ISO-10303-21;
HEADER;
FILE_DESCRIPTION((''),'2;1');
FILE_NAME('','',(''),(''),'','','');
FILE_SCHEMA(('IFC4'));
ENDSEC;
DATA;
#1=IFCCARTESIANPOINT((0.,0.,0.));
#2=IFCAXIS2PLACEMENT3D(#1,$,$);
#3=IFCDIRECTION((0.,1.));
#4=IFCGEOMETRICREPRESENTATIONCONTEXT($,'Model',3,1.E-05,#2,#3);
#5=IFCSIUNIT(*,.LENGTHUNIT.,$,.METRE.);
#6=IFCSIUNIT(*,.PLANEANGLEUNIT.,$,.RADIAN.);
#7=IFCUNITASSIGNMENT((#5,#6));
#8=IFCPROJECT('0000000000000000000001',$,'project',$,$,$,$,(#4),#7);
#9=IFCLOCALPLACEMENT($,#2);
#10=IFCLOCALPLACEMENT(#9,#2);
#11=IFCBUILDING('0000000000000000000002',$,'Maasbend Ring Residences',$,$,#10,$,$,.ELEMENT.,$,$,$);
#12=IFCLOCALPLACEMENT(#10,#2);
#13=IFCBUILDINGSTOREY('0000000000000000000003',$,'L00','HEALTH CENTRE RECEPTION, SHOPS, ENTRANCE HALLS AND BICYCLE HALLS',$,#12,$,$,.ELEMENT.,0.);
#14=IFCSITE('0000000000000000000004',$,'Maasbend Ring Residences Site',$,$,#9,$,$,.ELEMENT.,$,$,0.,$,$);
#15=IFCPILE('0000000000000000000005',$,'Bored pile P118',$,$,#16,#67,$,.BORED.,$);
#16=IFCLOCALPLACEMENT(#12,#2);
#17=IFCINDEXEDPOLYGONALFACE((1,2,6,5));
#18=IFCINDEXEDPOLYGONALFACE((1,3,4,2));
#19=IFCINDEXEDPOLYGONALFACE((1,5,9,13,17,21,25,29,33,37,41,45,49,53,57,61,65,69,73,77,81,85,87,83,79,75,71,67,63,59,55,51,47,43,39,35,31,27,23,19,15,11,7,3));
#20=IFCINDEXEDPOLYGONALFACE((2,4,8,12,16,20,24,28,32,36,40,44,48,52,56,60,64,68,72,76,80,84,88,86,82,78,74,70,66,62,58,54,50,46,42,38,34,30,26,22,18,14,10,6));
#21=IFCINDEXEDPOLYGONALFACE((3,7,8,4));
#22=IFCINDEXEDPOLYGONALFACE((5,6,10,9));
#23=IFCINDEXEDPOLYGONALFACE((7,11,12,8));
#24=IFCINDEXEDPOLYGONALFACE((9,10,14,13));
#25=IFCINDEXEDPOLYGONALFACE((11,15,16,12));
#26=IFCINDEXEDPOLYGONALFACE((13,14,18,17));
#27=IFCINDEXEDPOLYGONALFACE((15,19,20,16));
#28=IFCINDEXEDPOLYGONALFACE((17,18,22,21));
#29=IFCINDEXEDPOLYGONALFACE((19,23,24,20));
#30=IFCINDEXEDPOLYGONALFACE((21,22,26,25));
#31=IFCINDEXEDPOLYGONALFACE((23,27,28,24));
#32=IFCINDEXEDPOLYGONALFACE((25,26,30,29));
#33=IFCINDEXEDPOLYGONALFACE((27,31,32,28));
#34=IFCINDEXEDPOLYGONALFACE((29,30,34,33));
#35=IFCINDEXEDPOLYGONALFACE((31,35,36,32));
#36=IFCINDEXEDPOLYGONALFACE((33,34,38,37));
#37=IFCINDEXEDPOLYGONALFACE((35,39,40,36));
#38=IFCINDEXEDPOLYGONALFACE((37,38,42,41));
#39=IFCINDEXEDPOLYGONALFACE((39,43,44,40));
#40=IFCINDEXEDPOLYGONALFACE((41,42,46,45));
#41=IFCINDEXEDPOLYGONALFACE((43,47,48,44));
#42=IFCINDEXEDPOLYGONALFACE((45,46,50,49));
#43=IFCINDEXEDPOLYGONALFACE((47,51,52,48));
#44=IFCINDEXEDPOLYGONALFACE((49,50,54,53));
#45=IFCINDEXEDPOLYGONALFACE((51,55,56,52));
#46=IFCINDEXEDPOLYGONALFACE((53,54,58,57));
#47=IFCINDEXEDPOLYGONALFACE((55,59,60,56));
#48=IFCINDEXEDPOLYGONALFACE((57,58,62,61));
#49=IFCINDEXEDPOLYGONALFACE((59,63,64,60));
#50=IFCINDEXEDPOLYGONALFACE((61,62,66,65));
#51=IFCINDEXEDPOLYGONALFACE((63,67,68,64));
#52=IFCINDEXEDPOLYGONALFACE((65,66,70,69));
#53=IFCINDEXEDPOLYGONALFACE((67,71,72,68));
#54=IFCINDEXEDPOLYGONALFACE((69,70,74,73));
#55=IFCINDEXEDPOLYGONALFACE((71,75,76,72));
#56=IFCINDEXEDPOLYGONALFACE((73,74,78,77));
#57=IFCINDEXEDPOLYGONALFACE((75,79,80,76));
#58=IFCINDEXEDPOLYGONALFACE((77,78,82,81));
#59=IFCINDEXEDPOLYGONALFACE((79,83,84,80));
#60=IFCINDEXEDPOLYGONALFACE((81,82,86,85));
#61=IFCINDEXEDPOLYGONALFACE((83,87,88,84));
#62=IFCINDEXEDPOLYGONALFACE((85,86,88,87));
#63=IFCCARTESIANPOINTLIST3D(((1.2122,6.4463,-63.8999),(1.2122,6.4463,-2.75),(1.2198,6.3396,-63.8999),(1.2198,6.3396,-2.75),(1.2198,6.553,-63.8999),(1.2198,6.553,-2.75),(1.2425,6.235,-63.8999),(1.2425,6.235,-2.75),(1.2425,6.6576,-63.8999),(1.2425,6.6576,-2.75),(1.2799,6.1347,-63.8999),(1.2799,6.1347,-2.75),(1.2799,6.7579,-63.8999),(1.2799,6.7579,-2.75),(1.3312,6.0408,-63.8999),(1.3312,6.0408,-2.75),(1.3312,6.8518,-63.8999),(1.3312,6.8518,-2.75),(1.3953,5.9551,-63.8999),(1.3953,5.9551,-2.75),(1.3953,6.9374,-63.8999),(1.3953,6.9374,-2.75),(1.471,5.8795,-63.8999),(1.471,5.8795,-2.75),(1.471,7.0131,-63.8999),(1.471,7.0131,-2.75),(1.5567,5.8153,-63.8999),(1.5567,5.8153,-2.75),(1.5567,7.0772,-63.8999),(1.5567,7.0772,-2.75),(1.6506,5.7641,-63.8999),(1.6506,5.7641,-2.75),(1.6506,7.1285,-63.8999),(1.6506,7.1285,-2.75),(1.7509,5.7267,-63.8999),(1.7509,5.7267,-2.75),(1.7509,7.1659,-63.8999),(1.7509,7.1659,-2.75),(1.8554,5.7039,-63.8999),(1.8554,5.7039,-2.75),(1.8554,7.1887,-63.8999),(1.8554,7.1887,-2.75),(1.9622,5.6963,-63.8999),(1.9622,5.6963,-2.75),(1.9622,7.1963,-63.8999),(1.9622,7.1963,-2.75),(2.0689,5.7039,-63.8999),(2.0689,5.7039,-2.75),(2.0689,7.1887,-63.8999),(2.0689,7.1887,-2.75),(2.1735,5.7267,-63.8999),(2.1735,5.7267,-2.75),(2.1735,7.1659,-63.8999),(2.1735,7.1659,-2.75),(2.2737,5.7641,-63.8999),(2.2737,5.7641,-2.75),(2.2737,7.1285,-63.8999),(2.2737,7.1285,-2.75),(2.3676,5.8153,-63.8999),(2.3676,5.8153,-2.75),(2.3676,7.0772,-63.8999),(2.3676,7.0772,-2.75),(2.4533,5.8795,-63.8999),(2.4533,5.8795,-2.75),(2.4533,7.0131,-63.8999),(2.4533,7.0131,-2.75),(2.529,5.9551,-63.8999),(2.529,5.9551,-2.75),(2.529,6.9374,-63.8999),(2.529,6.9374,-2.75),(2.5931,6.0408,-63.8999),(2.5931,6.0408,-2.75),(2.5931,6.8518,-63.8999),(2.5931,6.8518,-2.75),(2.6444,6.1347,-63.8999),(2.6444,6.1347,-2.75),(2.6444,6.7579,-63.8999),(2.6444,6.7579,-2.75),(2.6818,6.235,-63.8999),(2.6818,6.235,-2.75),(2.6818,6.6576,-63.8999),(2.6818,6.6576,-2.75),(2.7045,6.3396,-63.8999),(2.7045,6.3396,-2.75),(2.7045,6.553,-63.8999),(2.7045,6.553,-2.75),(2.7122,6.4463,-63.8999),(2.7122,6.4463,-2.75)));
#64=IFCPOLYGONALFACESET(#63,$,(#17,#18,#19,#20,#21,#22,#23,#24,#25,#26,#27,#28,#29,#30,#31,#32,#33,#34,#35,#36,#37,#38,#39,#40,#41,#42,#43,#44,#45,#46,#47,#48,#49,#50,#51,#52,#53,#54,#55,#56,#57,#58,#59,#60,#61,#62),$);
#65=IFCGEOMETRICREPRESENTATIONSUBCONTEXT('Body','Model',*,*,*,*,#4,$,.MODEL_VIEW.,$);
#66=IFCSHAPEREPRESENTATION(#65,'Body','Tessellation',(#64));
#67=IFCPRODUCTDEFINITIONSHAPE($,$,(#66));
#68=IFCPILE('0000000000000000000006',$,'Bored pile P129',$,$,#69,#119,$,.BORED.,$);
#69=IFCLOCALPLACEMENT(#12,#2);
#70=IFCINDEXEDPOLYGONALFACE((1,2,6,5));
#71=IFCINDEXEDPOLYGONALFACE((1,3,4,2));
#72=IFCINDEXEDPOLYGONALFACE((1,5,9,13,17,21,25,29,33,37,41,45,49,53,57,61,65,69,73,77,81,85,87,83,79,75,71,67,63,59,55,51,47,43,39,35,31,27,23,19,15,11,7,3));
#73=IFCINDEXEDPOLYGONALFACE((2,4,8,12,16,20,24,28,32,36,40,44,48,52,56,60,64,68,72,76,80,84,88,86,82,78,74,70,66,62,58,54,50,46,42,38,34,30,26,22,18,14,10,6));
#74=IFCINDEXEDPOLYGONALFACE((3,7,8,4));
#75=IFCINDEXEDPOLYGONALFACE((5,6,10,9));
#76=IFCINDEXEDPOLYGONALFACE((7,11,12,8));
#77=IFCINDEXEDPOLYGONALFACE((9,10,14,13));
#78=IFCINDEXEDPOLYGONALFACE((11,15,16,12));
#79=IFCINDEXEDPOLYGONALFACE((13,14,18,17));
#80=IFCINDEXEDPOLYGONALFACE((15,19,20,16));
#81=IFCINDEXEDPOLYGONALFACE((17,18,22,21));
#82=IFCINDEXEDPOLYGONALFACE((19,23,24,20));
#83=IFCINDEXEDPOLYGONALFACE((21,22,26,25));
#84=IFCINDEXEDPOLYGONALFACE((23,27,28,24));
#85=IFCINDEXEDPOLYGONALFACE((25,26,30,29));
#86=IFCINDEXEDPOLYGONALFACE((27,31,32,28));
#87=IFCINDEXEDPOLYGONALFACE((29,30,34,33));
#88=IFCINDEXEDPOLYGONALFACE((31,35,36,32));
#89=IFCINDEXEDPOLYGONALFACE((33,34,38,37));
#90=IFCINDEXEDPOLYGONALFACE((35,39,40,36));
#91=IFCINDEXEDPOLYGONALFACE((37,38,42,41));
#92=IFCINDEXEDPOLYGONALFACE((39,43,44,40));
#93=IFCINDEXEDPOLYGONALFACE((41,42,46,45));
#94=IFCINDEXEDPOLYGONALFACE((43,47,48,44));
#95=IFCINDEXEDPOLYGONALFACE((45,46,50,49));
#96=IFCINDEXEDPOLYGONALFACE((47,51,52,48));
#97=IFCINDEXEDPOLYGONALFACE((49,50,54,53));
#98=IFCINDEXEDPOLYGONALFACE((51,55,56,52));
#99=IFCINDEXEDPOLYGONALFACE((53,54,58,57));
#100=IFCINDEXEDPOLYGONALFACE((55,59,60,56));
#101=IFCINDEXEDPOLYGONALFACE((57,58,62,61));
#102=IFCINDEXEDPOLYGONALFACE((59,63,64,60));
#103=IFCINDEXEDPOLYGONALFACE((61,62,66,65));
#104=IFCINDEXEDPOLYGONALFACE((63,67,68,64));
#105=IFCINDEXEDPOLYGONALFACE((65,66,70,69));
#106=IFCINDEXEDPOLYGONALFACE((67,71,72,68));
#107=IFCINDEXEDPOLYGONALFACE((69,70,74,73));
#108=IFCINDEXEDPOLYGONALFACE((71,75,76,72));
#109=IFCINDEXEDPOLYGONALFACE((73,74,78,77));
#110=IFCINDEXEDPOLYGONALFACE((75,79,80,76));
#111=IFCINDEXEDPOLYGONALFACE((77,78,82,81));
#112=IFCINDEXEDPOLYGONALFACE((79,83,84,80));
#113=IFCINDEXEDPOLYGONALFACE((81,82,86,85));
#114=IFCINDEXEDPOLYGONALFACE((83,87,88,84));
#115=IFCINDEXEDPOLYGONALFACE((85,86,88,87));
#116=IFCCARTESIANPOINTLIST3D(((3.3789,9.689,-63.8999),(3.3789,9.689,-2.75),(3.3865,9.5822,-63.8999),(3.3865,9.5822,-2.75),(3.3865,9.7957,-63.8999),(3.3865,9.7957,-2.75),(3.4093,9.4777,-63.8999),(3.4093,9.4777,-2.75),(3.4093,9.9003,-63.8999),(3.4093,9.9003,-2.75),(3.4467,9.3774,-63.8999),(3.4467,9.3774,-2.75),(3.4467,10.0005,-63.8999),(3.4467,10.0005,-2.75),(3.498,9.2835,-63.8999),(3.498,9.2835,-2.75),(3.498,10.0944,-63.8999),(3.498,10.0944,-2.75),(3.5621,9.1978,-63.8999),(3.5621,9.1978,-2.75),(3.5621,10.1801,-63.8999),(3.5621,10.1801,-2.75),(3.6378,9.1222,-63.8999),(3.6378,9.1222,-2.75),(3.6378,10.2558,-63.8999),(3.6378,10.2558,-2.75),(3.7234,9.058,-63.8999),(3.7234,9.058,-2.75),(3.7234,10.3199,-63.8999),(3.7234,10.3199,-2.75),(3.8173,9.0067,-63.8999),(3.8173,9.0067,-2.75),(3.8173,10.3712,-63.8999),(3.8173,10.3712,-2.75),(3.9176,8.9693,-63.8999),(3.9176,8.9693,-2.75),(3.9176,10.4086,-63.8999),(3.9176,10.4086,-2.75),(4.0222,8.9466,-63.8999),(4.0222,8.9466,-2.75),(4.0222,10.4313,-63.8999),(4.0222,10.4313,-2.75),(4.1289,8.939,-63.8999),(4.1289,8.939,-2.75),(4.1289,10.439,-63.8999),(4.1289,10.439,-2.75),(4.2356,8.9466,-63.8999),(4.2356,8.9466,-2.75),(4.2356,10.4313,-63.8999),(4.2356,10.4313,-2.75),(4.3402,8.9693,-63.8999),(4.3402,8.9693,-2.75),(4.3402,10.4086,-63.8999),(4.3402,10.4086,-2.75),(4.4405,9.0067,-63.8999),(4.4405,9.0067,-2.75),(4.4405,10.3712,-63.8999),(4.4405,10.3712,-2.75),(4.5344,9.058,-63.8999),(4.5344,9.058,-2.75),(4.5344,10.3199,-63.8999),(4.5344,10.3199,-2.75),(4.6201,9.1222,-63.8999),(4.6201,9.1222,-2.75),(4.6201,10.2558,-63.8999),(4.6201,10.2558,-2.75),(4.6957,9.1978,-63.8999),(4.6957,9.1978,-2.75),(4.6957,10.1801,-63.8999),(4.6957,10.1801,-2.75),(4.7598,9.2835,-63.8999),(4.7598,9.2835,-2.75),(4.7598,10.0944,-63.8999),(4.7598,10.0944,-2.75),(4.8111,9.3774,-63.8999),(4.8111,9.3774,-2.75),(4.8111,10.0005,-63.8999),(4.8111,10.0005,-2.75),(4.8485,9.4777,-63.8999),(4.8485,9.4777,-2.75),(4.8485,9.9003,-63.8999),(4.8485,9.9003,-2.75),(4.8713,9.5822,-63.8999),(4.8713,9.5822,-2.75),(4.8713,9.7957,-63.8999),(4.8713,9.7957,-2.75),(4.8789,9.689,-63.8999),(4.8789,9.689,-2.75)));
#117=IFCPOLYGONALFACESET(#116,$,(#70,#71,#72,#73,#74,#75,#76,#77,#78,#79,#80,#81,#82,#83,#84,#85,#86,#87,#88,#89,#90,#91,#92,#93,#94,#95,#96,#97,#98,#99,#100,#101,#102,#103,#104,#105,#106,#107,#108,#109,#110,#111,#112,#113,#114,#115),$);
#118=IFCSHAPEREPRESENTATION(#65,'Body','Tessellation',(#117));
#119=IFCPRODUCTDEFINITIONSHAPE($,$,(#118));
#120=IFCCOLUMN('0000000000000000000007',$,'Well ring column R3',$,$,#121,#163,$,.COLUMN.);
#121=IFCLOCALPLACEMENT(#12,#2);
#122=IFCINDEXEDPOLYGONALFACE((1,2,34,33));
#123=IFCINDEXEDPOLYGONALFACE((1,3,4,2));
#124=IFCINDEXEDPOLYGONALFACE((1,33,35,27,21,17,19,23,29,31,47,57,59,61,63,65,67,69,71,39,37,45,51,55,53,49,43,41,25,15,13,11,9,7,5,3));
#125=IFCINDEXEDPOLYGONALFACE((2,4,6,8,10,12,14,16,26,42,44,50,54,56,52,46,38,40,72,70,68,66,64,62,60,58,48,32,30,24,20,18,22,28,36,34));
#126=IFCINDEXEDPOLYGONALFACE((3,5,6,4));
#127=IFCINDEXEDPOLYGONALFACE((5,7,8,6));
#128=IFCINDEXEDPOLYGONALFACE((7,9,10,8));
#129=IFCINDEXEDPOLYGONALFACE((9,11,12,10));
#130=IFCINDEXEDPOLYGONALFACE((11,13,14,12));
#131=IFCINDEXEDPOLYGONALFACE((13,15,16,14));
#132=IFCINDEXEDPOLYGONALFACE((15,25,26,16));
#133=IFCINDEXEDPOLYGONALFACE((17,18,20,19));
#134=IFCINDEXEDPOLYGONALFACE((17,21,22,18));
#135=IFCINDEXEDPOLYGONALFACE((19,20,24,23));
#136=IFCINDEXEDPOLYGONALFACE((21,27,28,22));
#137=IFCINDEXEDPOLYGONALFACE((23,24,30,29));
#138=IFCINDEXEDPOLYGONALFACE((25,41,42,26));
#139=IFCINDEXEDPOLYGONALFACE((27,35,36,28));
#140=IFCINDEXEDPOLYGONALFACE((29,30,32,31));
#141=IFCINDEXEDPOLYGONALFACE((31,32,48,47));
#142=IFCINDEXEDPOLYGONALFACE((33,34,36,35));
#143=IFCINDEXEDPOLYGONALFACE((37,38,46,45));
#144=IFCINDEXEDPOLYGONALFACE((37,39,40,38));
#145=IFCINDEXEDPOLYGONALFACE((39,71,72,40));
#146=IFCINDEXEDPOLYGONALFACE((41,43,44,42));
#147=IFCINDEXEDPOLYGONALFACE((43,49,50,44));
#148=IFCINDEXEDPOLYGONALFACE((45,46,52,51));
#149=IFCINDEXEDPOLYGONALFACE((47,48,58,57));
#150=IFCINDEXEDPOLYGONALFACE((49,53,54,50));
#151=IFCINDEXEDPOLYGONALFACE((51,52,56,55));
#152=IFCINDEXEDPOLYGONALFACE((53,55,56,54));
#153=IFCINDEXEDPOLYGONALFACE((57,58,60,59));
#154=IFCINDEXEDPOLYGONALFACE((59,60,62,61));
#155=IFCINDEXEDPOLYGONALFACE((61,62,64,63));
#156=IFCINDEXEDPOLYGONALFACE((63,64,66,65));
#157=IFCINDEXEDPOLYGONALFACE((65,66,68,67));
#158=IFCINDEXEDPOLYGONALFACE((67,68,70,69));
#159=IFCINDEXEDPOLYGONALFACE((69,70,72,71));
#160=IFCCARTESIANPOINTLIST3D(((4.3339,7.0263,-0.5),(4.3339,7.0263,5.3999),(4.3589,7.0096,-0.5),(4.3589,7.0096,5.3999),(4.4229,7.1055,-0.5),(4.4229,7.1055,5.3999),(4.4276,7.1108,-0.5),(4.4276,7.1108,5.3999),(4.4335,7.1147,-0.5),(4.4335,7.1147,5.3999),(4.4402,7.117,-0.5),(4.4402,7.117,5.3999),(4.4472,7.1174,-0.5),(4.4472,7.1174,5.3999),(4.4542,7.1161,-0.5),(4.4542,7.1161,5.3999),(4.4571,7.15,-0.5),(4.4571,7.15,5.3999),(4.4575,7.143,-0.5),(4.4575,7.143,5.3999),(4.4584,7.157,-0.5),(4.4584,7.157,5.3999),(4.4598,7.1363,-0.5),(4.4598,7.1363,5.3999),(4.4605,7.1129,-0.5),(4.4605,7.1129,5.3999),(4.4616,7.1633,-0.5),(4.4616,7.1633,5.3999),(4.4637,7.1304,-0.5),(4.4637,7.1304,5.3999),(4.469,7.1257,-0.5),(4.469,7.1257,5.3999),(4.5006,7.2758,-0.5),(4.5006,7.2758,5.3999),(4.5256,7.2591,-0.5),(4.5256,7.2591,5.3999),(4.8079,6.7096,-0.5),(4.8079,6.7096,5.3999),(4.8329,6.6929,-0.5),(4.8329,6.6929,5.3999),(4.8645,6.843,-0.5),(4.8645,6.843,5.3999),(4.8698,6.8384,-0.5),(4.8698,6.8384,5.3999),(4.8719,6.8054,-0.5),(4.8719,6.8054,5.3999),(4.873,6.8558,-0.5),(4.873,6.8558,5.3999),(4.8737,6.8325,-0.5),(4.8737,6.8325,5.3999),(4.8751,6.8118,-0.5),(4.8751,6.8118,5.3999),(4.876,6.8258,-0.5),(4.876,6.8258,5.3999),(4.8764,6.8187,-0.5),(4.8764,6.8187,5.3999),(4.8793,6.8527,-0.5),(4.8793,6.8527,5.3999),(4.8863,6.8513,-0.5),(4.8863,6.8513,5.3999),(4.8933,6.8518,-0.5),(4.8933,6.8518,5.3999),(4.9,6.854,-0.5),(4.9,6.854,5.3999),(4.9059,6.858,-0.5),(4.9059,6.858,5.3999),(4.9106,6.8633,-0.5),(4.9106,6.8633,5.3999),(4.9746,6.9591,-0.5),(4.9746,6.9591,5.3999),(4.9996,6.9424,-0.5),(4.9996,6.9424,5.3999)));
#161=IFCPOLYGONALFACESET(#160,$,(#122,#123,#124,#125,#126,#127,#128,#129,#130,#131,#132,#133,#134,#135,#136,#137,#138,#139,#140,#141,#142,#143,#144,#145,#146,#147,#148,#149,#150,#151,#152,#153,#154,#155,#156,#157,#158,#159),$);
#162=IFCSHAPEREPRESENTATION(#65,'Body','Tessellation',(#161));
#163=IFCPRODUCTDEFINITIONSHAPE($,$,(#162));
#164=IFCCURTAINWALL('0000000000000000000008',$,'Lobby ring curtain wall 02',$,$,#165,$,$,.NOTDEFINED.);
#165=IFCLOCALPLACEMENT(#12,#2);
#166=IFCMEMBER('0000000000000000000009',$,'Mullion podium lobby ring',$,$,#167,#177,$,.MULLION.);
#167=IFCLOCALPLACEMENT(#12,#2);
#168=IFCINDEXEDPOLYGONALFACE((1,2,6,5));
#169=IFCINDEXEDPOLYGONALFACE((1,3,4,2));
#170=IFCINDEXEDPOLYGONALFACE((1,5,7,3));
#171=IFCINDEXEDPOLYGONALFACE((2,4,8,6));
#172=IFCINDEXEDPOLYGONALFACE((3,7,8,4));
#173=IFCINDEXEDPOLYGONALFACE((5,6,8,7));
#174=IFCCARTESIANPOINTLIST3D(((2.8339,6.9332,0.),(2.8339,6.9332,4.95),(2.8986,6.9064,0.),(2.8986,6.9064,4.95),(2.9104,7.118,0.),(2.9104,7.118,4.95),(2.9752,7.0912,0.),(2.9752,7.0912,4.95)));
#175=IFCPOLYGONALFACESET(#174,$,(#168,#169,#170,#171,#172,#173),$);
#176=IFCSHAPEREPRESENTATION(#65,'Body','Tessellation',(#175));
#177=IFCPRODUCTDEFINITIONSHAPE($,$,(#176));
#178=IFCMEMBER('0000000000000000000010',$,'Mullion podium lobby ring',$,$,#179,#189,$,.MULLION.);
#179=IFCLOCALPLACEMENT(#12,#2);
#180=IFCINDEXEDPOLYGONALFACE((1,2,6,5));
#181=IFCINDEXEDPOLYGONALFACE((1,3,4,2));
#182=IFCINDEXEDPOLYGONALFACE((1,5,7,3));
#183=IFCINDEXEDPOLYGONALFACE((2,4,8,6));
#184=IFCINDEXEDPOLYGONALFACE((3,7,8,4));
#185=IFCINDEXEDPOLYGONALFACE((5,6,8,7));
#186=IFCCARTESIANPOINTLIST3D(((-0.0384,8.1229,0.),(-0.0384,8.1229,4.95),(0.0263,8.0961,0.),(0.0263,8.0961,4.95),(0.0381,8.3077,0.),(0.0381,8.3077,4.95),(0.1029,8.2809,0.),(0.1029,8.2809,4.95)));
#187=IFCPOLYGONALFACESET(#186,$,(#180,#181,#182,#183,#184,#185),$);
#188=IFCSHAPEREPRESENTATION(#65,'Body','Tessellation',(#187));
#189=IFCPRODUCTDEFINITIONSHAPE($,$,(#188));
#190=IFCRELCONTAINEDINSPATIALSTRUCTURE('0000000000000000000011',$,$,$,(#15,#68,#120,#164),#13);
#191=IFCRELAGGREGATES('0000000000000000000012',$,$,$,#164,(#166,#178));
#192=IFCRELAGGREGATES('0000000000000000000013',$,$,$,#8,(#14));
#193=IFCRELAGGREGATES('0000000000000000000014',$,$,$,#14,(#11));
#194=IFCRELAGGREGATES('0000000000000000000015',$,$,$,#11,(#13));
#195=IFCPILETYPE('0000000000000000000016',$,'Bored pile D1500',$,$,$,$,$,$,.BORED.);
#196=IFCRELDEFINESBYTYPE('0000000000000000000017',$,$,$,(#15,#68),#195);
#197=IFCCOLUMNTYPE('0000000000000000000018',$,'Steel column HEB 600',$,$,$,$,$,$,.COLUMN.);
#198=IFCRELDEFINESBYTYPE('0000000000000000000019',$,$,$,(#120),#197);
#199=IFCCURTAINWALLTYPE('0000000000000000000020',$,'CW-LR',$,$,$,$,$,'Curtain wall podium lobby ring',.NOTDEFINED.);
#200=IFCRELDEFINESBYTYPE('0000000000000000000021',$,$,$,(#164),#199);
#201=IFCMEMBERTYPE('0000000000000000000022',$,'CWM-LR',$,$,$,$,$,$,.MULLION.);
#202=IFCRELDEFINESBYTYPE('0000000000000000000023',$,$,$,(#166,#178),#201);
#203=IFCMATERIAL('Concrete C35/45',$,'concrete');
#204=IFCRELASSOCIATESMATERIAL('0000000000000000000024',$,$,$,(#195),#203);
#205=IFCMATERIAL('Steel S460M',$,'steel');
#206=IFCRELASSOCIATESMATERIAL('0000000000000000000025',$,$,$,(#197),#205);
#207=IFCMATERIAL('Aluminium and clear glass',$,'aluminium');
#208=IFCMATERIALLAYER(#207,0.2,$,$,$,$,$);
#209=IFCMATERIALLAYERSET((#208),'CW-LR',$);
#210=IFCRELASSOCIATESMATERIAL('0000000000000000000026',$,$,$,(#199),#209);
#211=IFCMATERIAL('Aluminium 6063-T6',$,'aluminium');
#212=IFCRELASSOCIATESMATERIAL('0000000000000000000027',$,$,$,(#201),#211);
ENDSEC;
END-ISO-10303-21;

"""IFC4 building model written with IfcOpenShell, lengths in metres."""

from ifc_helpers import new_model, si_unit, direction, frame, origin, origin_2d, place, context, subcontext, project, spatial, rectangle, circle, i_section, extrude, material, layer, layer_set, material_profile, profile_set, type_object, element, aggregate, save


model = new_model("IFC4")

# Units and contexts
model_context = context("Model", 3, precision=1e-05, world=origin(), true_north=direction((0.0, 1.0)))
body_context = subcontext(model_context, "Body", "Model", "MODEL_VIEW")
ifc_project = project(units=[si_unit("LENGTHUNIT", "METRE"), si_unit("PLANEANGLEUNIT", "RADIAN")], contexts=[model_context])

# Site, building, storey
site_placement = place(None, origin())
site = spatial("IfcSite", under=ifc_project, at=site_placement, Name="Maasbend Ring Residences Site", CompositionType="ELEMENT", RefElevation=0.0)
building_placement = place(site_placement, origin())
building = spatial("IfcBuilding", under=site, at=building_placement, Name="Maasbend Ring Residences", CompositionType="ELEMENT")
storey_placement = place(building_placement, origin())
storey = spatial("IfcBuildingStorey", under=building, at=storey_placement, Name="L00", Description="HEALTH CENTRE RECEPTION, SHOPS, ENTRANCE HALLS AND BICYCLE HALLS", CompositionType="ELEMENT", Elevation=0.0)

# Piles
ifc_material_1 = material(Name="Concrete C35/45", Category="concrete")
ifc_material_profile_1 = material_profile(ifc_material_1, circle(Radius=0.75, at=origin_2d()), Name="Bored pile D1500")
ifc_profile_set_1 = profile_set([ifc_material_profile_1], Name="Concrete C35/45")
pile_type = type_object("IfcPileType", Name="Bored pile D1500", PredefinedType="BORED", material=ifc_profile_set_1)
for number, where, z_axis, x_axis, name in (
    (1, (1.9622, 6.4463, -2.75), (0.0, 0.0, -1.0), (1.0, 0.0, 0.0), "Bored pile P118"),
    (2, (4.1289, 9.689, -2.75), (0.0, 0.0, -1.0), (1.0, 0.0, 0.0), "Bored pile P129"),
):
    element("IfcPile", number, at=place(storey_placement, frame(where, z_axis=z_axis, x_axis=x_axis)), inside=storey, type_object=pile_type, Name=name, PredefinedType="BORED", context=body_context, shape_type="SweptSolid", body=[
        extrude(circle(Radius=0.75, at=origin_2d()), origin(), (0.0, 0.0, 1.0), 61.1499),
    ])

# Column
ifc_material_2 = material(Name="Steel S460M", Category="steel")
ifc_material_profile_2 = material_profile(ifc_material_2, i_section(OverallWidth=0.3, OverallDepth=0.6001, WebThickness=0.0154, FlangeThickness=0.03, FilletRadius=0.0271, at=origin_2d()), Name="HEB 600")
ifc_profile_set_2 = profile_set([ifc_material_profile_2], Name="Steel S460M")
column_type = type_object("IfcColumnType", Name="Steel column HEB 600", PredefinedType="COLUMN", material=ifc_profile_set_2)
column_placement = place(storey_placement, frame((4.6667, 6.9844, -0.5), z_axis=(0.0, 0.0, 1.0), x_axis=(0.55557, 0.83147, 0.0)))
element("IfcColumn", 3, at=column_placement, inside=storey, type_object=column_type, Name="Well ring column R3", PredefinedType="COLUMN", context=body_context, shape_type="SweptSolid", body=[
    extrude(i_section(OverallWidth=0.3, OverallDepth=0.6001, WebThickness=0.0154, FlangeThickness=0.03, FilletRadius=0.0271, at=origin_2d()), origin(), (0.0, 0.0, 1.0), 5.8999),
])

# Curtain wall, members
ifc_material_3 = material(Name="Aluminium and clear glass", Category="aluminium")
ifc_layer_1 = layer(ifc_material_3, 0.2)
ifc_layer_set_1 = layer_set([ifc_layer_1], Name="CW-LR")
curtain_wall_type = type_object("IfcCurtainWallType", Name="CW-LR", ElementType="Curtain wall podium lobby ring", PredefinedType="NOTDEFINED", material=ifc_layer_set_1)
curtain_wall_placement = place(storey_placement, origin())
curtain_wall = element("IfcCurtainWall", 4, at=curtain_wall_placement, inside=storey, type_object=curtain_wall_type, Name="Lobby ring curtain wall 02", PredefinedType="NOTDEFINED")
ifc_material_4 = material(Name="Aluminium 6063-T6", Category="aluminium")
ifc_material_profile_3 = material_profile(ifc_material_4, rectangle(XDim=0.2, YDim=0.0701, at=origin_2d()), Name="AL 200x70")
ifc_profile_set_3 = profile_set([ifc_material_profile_3], Name="Aluminium 6063-T6")
member_type_1 = type_object("IfcMemberType", Name="CWM-LR", PredefinedType="MULLION", material=ifc_profile_set_3)
member_1_placement = place(storey_placement, frame((2.9045, 7.0122, 0.0), z_axis=(0.0, 0.0, 1.0), x_axis=(-0.382683, -0.92388, 0.0)))
member_1 = element("IfcMember", 5, at=member_1_placement, type_object=member_type_1, Name="Mullion podium lobby ring", PredefinedType="MULLION", context=body_context, shape_type="SweptSolid", body=[
    extrude(rectangle(XDim=0.2, YDim=0.0701, at=origin_2d()), origin(), (0.0, 0.0, 1.0), 4.95),
])
member_2_placement = place(storey_placement, frame((0.0322, 8.2019, 0.0), z_axis=(0.0, 0.0, 1.0), x_axis=(-0.382683, -0.92388, 0.0)))
member_2 = element("IfcMember", 6, at=member_2_placement, type_object=member_type_1, Name="Mullion podium lobby ring", PredefinedType="MULLION", context=body_context, shape_type="SweptSolid", body=[
    extrude(rectangle(XDim=0.2, YDim=0.0701, at=origin_2d()), origin(), (0.0, 0.0, 1.0), 4.95),
])

aggregate(curtain_wall, [member_1, member_2])

save(model, "model.ifc")
